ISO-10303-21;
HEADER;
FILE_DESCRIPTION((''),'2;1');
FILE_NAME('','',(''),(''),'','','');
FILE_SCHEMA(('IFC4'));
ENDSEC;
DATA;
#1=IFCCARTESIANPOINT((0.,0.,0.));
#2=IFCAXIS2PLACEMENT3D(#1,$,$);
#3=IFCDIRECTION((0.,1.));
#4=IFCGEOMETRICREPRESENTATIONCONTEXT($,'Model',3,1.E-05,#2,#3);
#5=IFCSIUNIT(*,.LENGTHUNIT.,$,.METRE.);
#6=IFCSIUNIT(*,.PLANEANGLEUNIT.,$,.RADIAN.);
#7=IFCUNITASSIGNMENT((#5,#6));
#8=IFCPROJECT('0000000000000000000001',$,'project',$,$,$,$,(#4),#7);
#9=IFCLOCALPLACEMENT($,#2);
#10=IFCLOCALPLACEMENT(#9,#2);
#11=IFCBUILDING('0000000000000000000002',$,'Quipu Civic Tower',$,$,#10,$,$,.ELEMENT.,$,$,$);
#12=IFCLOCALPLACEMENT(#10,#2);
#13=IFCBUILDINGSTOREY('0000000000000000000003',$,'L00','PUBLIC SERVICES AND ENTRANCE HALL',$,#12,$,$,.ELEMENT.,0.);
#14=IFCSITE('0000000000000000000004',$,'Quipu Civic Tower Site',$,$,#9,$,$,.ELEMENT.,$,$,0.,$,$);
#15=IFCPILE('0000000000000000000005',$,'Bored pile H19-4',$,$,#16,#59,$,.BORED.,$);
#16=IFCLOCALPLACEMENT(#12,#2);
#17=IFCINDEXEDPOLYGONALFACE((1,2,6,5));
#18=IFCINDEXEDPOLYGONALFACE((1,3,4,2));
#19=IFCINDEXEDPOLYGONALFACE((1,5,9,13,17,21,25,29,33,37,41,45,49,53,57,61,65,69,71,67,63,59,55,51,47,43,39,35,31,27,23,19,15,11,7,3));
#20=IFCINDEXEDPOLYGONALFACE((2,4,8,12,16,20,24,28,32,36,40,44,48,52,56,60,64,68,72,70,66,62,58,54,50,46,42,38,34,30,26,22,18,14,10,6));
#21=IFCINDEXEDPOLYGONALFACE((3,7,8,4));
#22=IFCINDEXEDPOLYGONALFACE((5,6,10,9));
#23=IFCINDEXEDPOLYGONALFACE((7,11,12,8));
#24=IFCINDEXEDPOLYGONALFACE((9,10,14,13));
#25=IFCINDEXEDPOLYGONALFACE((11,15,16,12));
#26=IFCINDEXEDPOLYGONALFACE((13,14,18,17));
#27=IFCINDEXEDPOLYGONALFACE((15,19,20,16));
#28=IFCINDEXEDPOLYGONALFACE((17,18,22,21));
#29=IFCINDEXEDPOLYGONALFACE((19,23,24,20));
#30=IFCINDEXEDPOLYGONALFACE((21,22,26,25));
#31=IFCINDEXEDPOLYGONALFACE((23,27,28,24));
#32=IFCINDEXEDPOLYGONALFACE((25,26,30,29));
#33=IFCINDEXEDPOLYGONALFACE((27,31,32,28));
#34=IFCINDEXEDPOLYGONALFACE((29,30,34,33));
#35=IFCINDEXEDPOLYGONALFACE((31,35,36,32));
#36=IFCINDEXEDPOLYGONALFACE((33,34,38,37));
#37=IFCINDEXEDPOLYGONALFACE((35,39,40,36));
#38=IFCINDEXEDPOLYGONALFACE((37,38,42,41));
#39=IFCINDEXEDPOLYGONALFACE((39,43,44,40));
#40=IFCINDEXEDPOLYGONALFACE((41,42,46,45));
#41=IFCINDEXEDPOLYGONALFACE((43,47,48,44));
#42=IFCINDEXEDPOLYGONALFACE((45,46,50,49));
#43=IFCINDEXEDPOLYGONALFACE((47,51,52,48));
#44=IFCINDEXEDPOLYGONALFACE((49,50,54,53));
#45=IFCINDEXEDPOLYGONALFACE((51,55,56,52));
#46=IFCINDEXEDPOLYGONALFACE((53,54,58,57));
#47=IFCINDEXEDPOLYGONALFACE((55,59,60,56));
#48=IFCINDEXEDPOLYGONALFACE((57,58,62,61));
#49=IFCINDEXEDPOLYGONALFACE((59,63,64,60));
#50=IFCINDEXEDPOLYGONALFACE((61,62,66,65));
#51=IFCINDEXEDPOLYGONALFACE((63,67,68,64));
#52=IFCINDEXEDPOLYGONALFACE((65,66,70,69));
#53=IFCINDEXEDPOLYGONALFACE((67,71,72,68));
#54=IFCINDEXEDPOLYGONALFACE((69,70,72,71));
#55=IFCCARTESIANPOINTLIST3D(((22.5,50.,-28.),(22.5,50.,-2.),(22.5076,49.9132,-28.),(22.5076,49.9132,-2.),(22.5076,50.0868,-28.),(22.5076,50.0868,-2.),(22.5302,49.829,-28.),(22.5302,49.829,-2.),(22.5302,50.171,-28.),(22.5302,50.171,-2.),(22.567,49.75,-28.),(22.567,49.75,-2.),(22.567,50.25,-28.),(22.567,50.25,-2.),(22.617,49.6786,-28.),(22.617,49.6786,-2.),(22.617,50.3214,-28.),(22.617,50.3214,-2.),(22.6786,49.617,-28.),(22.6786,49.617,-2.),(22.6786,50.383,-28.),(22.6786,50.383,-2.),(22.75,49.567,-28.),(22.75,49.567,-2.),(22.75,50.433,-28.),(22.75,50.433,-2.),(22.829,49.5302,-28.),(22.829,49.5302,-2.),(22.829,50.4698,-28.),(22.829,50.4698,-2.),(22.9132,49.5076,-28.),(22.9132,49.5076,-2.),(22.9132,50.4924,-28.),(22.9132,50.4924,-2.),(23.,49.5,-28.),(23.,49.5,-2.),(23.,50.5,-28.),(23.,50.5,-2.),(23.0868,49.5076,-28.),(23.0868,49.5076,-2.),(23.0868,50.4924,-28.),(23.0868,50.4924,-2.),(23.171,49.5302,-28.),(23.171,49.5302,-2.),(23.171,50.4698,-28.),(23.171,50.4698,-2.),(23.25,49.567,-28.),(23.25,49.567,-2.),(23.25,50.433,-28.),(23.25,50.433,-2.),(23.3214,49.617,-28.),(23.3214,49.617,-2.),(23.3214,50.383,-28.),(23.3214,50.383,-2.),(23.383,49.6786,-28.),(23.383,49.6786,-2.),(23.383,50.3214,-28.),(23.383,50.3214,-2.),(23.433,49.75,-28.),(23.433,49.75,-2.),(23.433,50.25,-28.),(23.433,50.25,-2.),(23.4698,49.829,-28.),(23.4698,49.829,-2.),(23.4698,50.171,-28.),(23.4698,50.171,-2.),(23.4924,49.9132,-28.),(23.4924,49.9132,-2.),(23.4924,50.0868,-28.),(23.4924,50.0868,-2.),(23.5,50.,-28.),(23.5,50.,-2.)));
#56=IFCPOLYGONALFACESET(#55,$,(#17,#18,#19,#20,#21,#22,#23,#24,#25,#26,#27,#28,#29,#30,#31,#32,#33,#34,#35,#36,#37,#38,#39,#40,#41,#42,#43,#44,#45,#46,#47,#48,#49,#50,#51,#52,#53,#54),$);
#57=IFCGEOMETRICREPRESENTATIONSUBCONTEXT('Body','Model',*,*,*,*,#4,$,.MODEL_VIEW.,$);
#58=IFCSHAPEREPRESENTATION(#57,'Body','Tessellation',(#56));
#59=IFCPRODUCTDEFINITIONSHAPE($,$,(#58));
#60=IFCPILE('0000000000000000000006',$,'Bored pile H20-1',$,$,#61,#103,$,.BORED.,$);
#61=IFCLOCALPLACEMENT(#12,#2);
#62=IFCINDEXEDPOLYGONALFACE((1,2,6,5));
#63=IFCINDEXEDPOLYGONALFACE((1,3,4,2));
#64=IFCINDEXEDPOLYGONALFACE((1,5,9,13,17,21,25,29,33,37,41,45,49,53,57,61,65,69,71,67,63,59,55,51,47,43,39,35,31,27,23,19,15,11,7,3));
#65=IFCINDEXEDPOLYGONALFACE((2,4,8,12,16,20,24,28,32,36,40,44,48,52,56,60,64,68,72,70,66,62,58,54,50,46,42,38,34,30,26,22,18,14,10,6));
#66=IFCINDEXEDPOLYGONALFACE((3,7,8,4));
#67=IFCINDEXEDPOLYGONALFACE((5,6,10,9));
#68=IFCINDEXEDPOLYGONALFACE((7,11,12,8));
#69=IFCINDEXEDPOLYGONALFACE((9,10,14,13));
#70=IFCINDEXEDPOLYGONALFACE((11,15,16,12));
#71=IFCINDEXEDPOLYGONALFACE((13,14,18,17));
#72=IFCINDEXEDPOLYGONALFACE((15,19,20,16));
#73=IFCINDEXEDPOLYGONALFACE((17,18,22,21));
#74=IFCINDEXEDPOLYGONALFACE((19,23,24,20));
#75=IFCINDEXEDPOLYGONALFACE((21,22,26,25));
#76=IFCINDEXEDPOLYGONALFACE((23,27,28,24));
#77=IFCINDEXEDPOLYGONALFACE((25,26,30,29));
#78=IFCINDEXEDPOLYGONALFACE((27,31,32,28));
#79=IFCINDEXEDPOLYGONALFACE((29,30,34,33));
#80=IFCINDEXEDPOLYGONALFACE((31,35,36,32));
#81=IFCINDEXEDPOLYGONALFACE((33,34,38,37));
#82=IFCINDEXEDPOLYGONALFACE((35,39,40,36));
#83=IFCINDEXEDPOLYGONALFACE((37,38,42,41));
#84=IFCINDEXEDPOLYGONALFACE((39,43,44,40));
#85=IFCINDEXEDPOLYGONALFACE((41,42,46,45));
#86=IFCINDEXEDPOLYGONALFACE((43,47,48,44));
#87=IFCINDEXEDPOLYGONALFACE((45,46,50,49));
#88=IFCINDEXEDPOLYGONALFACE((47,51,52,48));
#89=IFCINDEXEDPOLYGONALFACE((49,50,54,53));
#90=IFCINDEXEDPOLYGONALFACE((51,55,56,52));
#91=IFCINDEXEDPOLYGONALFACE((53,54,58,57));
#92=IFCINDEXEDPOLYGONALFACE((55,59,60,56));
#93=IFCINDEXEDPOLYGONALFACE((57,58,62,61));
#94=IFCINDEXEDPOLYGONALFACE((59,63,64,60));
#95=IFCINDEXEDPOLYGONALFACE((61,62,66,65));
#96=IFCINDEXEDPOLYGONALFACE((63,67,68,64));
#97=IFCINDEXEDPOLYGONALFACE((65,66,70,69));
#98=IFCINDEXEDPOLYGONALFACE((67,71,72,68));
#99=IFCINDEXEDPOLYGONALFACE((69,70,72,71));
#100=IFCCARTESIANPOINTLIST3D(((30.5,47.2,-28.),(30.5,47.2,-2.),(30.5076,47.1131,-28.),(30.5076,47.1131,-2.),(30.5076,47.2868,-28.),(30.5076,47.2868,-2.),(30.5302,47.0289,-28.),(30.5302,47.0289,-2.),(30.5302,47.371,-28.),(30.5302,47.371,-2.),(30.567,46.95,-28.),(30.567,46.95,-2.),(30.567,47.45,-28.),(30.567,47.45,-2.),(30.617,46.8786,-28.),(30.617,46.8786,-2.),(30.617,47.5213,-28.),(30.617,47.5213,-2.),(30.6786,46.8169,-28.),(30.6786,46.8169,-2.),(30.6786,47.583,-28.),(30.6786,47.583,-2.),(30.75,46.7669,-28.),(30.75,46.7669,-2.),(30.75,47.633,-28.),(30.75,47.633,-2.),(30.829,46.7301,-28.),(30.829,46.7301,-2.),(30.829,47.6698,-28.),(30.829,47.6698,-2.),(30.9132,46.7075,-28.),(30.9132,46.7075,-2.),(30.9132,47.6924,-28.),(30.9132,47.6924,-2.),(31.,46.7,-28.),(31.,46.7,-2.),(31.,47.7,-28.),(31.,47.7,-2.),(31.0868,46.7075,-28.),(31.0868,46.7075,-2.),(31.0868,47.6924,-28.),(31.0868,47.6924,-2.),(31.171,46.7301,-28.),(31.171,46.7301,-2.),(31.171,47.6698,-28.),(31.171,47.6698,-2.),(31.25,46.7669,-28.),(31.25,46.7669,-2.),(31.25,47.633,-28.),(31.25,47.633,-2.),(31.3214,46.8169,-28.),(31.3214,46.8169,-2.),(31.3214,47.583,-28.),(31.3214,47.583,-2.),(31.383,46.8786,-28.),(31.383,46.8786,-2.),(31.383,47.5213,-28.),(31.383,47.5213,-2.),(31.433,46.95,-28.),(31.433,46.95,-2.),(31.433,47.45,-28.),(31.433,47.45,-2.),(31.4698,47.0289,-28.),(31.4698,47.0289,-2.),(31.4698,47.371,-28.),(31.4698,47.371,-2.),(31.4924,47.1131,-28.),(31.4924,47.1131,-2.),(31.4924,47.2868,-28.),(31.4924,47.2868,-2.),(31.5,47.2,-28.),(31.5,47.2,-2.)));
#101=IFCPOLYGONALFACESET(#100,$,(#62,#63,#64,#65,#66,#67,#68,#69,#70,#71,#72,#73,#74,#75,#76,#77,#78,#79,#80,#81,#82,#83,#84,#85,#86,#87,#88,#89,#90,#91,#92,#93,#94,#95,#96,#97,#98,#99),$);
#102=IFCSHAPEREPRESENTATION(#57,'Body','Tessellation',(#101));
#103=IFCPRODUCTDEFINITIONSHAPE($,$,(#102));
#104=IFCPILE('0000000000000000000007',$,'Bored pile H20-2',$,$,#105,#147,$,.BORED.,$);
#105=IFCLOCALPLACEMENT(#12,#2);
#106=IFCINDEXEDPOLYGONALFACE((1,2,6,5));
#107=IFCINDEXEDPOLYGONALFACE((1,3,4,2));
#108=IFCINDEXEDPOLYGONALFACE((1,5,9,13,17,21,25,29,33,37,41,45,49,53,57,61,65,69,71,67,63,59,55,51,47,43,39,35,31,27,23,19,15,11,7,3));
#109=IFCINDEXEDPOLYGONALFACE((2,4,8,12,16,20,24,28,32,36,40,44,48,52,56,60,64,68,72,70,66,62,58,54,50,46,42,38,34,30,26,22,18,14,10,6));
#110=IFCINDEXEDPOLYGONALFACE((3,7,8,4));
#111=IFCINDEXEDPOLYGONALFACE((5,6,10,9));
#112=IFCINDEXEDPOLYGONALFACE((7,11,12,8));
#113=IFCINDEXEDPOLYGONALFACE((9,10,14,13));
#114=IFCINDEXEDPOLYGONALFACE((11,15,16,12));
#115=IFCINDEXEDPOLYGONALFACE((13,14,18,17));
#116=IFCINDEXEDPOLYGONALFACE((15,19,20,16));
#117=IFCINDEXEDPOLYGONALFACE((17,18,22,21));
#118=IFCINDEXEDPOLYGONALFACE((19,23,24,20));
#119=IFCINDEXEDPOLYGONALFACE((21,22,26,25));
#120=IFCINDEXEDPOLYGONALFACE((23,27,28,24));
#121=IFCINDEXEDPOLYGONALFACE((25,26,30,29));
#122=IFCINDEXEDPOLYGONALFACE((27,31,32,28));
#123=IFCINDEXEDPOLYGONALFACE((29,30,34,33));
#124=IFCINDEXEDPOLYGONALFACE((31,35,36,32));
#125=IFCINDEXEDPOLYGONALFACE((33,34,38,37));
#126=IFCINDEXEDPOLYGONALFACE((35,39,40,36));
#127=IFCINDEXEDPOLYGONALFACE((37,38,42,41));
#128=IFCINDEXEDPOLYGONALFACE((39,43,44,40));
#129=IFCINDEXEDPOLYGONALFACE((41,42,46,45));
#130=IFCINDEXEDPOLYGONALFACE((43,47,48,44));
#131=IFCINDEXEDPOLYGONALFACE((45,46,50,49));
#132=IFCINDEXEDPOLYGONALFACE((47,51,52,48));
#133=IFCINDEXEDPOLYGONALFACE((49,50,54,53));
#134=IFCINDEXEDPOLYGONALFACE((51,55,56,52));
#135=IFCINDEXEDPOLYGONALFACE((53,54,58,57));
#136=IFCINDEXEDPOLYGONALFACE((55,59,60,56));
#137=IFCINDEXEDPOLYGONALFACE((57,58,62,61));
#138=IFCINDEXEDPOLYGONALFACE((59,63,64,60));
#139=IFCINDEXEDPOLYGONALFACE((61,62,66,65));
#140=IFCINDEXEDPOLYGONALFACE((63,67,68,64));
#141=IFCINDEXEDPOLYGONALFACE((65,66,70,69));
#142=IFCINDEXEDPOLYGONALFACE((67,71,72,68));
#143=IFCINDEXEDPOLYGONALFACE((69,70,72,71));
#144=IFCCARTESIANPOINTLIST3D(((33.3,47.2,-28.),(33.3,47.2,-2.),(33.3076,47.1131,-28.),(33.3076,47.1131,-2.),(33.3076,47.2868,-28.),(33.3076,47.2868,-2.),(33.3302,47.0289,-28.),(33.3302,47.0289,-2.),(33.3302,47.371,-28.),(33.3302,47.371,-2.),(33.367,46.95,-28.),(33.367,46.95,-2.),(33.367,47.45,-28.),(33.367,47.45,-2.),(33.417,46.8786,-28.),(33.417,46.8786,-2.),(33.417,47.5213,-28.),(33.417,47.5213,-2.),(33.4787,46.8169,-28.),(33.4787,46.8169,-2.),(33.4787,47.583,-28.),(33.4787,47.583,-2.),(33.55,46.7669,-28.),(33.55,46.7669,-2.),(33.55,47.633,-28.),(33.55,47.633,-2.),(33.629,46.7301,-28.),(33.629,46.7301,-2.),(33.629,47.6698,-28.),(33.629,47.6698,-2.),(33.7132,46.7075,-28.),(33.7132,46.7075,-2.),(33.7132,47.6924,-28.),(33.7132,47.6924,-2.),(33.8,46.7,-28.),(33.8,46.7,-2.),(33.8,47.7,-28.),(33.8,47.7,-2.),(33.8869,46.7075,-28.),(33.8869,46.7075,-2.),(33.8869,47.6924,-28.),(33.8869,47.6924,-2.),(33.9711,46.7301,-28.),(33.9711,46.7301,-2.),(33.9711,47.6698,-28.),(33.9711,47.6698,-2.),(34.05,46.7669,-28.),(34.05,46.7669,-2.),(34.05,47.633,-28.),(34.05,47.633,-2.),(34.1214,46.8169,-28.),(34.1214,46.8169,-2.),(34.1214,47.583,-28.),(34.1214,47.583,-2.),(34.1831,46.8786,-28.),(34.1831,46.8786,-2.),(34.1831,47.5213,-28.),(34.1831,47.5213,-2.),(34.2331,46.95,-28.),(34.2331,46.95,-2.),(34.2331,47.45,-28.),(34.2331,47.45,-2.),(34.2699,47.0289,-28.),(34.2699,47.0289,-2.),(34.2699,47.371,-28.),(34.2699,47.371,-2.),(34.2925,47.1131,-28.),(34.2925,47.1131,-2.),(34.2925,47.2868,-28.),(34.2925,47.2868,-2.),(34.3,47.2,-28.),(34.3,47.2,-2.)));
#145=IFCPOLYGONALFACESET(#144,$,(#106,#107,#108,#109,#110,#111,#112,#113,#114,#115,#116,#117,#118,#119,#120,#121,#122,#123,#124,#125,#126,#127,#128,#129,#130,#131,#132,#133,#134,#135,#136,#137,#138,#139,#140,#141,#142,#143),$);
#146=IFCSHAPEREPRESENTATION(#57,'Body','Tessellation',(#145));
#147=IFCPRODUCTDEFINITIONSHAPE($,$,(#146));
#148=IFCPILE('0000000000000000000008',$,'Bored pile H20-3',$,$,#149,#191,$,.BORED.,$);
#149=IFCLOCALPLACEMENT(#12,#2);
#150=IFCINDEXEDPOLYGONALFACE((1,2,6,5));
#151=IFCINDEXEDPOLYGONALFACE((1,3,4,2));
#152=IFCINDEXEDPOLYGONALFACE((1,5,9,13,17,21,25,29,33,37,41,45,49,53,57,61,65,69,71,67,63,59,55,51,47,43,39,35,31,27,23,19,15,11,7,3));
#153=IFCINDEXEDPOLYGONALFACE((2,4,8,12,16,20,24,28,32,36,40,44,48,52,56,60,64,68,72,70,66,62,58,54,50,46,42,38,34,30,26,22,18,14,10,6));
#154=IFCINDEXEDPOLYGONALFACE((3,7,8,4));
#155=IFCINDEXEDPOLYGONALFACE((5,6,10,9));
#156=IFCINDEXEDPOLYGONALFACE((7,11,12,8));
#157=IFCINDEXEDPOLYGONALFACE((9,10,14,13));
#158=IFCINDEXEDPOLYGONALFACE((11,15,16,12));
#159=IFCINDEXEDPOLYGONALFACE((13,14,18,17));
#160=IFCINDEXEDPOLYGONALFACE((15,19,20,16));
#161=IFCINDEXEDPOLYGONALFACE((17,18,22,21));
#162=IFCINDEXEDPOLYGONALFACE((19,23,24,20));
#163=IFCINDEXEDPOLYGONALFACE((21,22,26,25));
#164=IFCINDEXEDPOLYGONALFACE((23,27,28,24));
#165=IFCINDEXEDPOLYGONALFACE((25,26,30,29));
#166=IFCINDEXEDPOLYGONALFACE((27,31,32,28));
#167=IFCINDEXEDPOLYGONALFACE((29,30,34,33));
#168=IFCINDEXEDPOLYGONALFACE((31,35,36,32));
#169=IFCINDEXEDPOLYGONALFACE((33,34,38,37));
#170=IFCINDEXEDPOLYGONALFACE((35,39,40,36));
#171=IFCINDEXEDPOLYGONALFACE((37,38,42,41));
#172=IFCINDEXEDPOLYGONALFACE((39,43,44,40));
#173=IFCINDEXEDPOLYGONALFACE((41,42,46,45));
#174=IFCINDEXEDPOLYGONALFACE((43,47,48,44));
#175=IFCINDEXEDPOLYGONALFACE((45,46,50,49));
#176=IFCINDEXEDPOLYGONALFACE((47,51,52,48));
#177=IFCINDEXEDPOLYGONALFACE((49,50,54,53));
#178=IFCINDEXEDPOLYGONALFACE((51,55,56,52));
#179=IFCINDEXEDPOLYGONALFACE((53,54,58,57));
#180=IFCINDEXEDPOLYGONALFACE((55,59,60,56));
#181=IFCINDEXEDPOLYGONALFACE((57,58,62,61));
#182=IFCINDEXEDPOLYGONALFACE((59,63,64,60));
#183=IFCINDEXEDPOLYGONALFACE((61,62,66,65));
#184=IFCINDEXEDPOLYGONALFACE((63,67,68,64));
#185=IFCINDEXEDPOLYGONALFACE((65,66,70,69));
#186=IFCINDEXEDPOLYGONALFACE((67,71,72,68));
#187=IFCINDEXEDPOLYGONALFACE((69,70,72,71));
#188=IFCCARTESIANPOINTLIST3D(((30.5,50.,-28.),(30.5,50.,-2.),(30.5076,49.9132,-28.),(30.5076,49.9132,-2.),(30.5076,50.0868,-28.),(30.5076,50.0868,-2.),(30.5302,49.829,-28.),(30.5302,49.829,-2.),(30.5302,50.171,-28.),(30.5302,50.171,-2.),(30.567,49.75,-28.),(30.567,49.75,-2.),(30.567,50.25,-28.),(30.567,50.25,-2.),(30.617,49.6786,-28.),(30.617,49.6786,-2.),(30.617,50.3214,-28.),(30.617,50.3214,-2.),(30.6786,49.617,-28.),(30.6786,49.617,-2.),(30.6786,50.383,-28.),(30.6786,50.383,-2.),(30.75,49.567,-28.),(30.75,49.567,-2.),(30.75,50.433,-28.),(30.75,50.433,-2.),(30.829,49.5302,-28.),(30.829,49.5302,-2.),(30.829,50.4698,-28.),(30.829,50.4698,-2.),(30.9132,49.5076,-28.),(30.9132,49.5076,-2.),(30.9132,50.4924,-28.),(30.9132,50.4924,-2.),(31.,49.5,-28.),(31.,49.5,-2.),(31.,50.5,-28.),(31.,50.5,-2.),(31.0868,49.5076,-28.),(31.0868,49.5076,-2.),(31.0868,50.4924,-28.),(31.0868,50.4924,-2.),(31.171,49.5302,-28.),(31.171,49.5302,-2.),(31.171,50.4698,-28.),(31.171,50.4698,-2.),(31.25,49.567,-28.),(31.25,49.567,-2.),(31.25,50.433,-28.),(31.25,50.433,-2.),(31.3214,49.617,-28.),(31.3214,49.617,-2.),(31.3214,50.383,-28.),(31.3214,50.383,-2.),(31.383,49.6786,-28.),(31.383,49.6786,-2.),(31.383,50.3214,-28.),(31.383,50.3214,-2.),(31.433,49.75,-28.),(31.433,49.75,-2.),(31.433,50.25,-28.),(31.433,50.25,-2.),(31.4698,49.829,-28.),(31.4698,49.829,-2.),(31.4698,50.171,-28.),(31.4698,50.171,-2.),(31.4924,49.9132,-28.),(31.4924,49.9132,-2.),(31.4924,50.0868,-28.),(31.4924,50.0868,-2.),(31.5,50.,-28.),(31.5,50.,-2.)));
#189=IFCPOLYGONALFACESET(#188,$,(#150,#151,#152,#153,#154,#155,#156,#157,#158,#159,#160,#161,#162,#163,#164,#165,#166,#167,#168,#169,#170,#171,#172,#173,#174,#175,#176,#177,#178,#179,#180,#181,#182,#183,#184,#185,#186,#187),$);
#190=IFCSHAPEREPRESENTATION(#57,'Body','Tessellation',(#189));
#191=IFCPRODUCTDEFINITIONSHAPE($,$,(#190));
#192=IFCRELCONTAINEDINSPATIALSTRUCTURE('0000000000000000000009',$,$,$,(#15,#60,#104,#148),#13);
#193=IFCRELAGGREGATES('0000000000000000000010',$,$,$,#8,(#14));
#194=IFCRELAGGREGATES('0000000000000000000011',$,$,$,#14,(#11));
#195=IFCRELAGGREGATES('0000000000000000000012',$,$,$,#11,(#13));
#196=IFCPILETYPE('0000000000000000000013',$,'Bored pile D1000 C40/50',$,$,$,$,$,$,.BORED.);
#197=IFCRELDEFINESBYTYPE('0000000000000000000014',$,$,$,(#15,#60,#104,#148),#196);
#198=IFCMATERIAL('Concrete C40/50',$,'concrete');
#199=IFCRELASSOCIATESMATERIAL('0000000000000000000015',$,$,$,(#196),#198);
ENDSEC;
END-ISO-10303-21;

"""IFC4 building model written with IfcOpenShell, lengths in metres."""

from ifc_helpers import new_model, si_unit, direction, frame, origin, origin_2d, place, context, subcontext, project, spatial, circle, extrude, material, material_profile, profile_set, type_object, element, save


model = new_model("IFC4")

# Units and contexts
model_context = context("Model", 3, precision=1e-05, world=origin(), true_north=direction((0.0, 1.0)))
body_context = subcontext(model_context, "Body", "Model", "MODEL_VIEW")
ifc_project = project(units=[si_unit("LENGTHUNIT", "METRE"), si_unit("PLANEANGLEUNIT", "RADIAN")], contexts=[model_context])

# Site, building, storey
site_placement = place(None, origin())
site = spatial("IfcSite", under=ifc_project, at=site_placement, Name="Quipu Civic Tower Site", CompositionType="ELEMENT", RefElevation=0.0)
building_placement = place(site_placement, origin())
building = spatial("IfcBuilding", under=site, at=building_placement, Name="Quipu Civic Tower", CompositionType="ELEMENT")
storey_placement = place(building_placement, origin())
storey = spatial("IfcBuildingStorey", under=building, at=storey_placement, Name="L00", Description="PUBLIC SERVICES AND ENTRANCE HALL", CompositionType="ELEMENT", Elevation=0.0)

# Piles
ifc_material_1 = material(Name="Concrete C40/50", Category="concrete")
ifc_material_profile_1 = material_profile(ifc_material_1, circle(Radius=0.5, at=origin_2d()), Name="RCD1000")
ifc_profile_set_1 = profile_set([ifc_material_profile_1], Name="Concrete C40/50")
pile_type_1 = type_object("IfcPileType", Name="Bored pile D1000 C40/50", PredefinedType="BORED", material=ifc_profile_set_1)
for number, where, z_axis, x_axis, name in (
    (1, (23.0, 50.0, -2.0), (0.0, 0.0, -1.0), (1.0, 0.0, 0.0), "Bored pile H19-4"),
    (2, (31.0, 47.2, -2.0), (0.0, 0.0, -1.0), (1.0, 0.0, 0.0), "Bored pile H20-1"),
    (3, (33.8, 47.2, -2.0), (0.0, 0.0, -1.0), (1.0, 0.0, 0.0), "Bored pile H20-2"),
    (4, (31.0, 50.0, -2.0), (0.0, 0.0, -1.0), (1.0, 0.0, 0.0), "Bored pile H20-3"),
):
    element("IfcPile", number, at=place(storey_placement, frame(where, z_axis=z_axis, x_axis=x_axis)), inside=storey, type_object=pile_type_1, Name=name, PredefinedType="BORED", context=body_context, shape_type="SweptSolid", body=[
        extrude(circle(Radius=0.5, at=origin_2d()), origin(), (0.0, 0.0, 1.0), 26.0),
    ])

save(model, "model.ifc")
